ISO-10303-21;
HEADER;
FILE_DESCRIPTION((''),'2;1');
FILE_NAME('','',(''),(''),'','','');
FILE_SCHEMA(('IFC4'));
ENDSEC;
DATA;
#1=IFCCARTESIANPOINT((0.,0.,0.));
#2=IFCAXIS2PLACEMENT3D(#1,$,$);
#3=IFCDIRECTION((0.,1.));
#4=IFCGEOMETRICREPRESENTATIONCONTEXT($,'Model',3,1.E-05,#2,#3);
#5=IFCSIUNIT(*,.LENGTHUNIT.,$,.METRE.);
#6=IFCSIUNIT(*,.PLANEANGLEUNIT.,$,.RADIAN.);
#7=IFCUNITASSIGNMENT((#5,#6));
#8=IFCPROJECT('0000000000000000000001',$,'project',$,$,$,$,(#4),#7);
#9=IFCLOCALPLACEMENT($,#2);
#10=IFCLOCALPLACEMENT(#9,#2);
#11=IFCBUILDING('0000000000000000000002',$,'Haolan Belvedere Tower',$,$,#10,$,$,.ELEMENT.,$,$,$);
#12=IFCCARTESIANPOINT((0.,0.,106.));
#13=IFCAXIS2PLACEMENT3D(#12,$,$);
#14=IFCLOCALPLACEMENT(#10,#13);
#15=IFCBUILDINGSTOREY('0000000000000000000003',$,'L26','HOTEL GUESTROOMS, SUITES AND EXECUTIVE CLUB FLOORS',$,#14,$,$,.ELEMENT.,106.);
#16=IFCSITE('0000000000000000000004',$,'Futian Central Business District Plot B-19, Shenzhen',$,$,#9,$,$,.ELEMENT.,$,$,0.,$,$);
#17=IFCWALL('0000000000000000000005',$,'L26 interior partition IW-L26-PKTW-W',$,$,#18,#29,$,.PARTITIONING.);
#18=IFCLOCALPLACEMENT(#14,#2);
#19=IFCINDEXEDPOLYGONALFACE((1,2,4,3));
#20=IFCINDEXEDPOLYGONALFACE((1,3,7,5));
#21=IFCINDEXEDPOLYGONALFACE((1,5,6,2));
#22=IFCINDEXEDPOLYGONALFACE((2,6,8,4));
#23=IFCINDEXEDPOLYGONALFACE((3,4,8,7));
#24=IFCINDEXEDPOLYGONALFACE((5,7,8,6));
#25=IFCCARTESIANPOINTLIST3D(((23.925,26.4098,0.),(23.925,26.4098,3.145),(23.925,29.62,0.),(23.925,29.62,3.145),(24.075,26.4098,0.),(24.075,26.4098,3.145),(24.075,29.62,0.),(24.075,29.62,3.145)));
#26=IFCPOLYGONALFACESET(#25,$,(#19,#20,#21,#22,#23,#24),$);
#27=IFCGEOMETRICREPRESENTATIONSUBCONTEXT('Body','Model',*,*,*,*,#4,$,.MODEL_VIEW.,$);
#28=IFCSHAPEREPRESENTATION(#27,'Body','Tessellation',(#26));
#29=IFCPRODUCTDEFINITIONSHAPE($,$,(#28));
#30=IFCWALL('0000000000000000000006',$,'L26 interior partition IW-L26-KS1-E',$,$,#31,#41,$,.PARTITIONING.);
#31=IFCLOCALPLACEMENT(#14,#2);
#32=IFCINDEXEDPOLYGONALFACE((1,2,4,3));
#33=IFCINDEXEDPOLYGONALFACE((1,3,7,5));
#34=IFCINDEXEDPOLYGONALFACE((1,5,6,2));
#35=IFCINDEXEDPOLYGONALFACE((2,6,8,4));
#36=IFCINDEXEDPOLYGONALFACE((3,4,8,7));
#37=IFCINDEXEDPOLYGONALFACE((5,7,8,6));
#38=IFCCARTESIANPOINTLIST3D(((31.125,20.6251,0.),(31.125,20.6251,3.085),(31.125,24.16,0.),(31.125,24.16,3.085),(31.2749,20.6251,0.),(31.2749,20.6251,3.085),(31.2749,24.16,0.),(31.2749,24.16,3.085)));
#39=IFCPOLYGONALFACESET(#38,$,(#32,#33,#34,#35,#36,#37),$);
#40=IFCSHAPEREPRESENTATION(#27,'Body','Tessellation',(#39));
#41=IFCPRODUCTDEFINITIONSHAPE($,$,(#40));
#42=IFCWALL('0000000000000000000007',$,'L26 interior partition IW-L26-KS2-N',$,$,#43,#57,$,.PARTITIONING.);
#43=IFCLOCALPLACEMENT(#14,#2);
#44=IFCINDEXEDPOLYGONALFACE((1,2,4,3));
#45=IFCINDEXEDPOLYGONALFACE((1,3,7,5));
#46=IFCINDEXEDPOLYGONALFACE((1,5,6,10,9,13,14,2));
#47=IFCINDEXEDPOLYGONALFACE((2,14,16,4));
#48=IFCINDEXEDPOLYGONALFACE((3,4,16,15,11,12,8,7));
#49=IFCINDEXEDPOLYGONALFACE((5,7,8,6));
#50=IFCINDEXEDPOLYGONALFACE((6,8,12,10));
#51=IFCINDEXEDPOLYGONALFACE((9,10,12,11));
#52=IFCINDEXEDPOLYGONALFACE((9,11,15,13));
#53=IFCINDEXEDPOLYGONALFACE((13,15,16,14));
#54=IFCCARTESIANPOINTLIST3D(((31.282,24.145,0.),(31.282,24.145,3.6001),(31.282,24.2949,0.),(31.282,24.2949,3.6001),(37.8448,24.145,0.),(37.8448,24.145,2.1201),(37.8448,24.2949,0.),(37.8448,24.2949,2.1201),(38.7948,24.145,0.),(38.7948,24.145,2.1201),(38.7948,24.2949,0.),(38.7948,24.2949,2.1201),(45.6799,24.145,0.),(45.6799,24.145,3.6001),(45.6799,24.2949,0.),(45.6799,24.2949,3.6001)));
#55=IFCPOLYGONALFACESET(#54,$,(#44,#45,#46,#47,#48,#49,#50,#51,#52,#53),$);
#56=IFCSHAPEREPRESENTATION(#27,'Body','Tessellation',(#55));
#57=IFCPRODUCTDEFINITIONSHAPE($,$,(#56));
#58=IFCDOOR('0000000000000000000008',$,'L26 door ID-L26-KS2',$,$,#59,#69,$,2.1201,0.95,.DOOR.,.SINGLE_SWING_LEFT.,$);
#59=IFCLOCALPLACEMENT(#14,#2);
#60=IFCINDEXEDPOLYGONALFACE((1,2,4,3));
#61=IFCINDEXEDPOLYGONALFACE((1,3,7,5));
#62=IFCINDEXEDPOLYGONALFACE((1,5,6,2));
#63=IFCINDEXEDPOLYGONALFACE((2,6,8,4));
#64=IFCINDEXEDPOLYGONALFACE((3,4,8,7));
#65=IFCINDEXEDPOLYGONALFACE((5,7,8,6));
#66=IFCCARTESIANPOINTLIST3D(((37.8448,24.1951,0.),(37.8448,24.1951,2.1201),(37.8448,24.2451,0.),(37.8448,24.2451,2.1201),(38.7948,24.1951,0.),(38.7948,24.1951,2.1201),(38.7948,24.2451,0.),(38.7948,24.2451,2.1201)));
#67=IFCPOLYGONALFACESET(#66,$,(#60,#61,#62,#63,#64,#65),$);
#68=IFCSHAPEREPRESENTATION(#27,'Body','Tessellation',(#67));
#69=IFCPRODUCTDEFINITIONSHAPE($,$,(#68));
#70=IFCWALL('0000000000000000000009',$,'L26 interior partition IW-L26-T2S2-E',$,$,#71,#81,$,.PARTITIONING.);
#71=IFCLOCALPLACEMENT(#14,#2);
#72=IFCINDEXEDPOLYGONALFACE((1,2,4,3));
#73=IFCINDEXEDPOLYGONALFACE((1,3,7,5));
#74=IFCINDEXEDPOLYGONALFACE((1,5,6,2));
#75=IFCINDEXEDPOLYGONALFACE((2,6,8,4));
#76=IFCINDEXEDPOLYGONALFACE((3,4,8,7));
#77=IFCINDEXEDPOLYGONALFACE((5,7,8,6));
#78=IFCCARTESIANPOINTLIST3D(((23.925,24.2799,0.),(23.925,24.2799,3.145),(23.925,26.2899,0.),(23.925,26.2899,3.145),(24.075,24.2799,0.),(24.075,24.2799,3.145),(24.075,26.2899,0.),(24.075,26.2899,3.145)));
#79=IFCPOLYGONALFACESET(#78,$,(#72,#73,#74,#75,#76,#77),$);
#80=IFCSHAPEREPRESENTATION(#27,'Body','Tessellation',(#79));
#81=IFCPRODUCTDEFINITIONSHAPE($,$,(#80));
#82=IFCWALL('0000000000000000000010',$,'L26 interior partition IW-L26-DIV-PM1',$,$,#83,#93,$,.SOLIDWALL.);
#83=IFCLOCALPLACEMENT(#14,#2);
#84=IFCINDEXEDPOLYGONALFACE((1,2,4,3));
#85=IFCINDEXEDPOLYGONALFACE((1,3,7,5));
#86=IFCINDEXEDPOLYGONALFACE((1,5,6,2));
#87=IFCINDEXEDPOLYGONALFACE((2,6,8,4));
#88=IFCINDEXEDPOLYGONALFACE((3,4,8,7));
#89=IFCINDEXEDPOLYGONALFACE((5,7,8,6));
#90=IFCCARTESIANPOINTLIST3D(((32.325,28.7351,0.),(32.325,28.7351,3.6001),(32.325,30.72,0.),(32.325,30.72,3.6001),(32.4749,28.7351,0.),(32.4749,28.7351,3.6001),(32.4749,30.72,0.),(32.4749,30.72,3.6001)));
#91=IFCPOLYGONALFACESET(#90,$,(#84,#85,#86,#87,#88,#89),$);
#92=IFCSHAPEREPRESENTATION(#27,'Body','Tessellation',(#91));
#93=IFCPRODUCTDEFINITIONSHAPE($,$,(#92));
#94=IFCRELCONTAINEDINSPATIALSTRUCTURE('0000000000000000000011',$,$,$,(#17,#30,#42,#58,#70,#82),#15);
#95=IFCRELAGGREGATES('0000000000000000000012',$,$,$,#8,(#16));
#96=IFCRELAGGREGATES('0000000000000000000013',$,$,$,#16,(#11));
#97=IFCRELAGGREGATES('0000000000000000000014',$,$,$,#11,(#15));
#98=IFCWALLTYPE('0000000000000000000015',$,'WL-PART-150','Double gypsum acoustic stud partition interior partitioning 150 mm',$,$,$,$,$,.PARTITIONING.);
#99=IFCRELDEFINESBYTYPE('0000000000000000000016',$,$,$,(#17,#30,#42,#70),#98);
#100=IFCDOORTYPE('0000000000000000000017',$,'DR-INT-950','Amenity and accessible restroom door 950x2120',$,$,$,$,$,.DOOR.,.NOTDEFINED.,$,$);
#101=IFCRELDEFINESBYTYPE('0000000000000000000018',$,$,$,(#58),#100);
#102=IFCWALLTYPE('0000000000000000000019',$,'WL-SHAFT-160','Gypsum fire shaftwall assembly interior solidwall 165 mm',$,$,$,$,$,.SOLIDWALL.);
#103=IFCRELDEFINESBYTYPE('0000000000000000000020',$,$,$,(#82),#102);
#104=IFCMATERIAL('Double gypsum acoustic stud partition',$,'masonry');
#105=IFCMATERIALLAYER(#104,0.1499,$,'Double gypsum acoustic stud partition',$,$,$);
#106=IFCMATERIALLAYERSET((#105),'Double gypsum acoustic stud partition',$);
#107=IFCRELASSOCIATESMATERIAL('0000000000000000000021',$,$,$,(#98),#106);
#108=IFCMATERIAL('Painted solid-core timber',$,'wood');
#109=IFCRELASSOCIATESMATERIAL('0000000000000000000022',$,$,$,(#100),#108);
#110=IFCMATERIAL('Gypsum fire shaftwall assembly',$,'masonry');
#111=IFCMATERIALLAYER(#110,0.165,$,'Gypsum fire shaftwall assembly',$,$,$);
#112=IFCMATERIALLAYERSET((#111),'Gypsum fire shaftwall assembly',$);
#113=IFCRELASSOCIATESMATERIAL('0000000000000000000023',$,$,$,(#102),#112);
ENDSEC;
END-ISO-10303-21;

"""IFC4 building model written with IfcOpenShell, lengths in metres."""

from ifc_helpers import new_model, si_unit, direction, frame, frame_2d, origin, place, context, subcontext, project, spatial, rectangle, extrude, material, layer, layer_set, type_object, element, fill, save


model = new_model("IFC4")

# Units and contexts
model_context = context("Model", 3, precision=1e-05, world=origin(), true_north=direction((0.0, 1.0)))
body_context = subcontext(model_context, "Body", "Model", "MODEL_VIEW")
ifc_project = project(units=[si_unit("LENGTHUNIT", "METRE"), si_unit("PLANEANGLEUNIT", "RADIAN")], contexts=[model_context])

# Site, building, storey
site_placement = place(None, origin())
site = spatial("IfcSite", under=ifc_project, at=site_placement, Name="Futian Central Business District Plot B-19, Shenzhen", CompositionType="ELEMENT", RefElevation=0.0)
building_placement = place(site_placement, origin())
building = spatial("IfcBuilding", under=site, at=building_placement, Name="Haolan Belvedere Tower", CompositionType="ELEMENT")
storey_placement = place(building_placement, frame((0.0, 0.0, 106.0)))
storey = spatial("IfcBuildingStorey", under=building, at=storey_placement, Name="L26", Description="HOTEL GUESTROOMS, SUITES AND EXECUTIVE CLUB FLOORS", CompositionType="ELEMENT", Elevation=106.0)

# Wall
ifc_material_1 = material(Name="Double gypsum acoustic stud partition", Category="masonry")
ifc_layer_1 = layer(ifc_material_1, 0.1499, Name="Double gypsum acoustic stud partition")
ifc_layer_set_1 = layer_set([ifc_layer_1], Name="Double gypsum acoustic stud partition")
wall_type_1 = type_object("IfcWallType", Name="WL-PART-150", Description="Double gypsum acoustic stud partition interior partitioning 150 mm", PredefinedType="PARTITIONING", material=ifc_layer_set_1)
wall_1_placement = place(storey_placement, frame((24.0, 26.4099, 0.0), z_axis=(0.0, 0.0, 1.0), x_axis=(0.0, 1.0, 0.0)))
element("IfcWall", 1, at=wall_1_placement, inside=storey, type_object=wall_type_1, Name="L26 interior partition IW-L26-PKTW-W", PredefinedType="PARTITIONING", context=body_context, shape_type="SweptSolid", body=[
    extrude(rectangle(XDim=3.2102, YDim=0.1499, at=frame_2d((1.605, 0.0))), origin(), (0.0, 0.0, 1.0), 3.145),
])

# Shared definitions
ifc_material_2 = material(Name="Painted solid-core timber", Category="wood")
door_type_1 = type_object("IfcDoorType", Name="DR-INT-950", Description="Amenity and accessible restroom door 950x2120", OperationType="NOTDEFINED", PredefinedType="DOOR", material=ifc_material_2)

# Wall
wall_2_placement = place(storey_placement, frame((31.2, 20.625, 0.0), z_axis=(0.0, 0.0, 1.0), x_axis=(0.0, 1.0, 0.0)))
element("IfcWall", 2, at=wall_2_placement, inside=storey, type_object=wall_type_1, Name="L26 interior partition IW-L26-KS1-E", PredefinedType="PARTITIONING", context=body_context, shape_type="SweptSolid", body=[
    extrude(rectangle(XDim=3.5349, YDim=0.1499, at=frame_2d((1.7676, 0.0))), origin(), (0.0, 0.0, 1.0), 3.085),
])

# Wall, opening, door
wall_3_placement = place(storey_placement, frame((31.282, 24.22, 0.0), z_axis=(0.0, 0.0, 1.0), x_axis=(1.0, 0.0, 0.0)))
wall_3 = element("IfcWall", 3, at=wall_3_placement, inside=storey, type_object=wall_type_1, Name="L26 interior partition IW-L26-KS2-N", PredefinedType="PARTITIONING", context=body_context, shape_type="SweptSolid", body=[
    extrude(rectangle(XDim=14.3979, YDim=0.1499, at=frame_2d((7.199, 0.0))), origin(), (0.0, 0.0, 1.0), 3.6001),
])
opening_1_placement = place(wall_3_placement, frame((7.5129, 0.0, 0.0), z_axis=(0.0, 0.0, 1.0), x_axis=(-1.0, 0.0, 0.0)))
opening_1 = element("IfcOpeningElement", 4, at=opening_1_placement, cuts=wall_3, PredefinedType="OPENING", context=body_context, shape_type="SweptSolid", body=[
    extrude(rectangle(XDim=0.95, YDim=2.1201, at=frame_2d((0.4751, 1.0601))), frame((0.0, 0.085, 0.0), z_axis=(0.0, -1.0, 0.0), x_axis=(1.0, 0.0, 0.0)), (0.0, 0.0, 1.0), 0.1699),
])
door_1_placement = place(opening_1_placement, origin())
door_1 = element("IfcDoor", 5, at=door_1_placement, inside=storey, type_object=door_type_1, Name="L26 door ID-L26-KS2", OperationType="SINGLE_SWING_LEFT", OverallHeight=2.1201, OverallWidth=0.95, PredefinedType="DOOR", context=body_context, shape_type="SweptSolid", body=[
    extrude(rectangle(XDim=0.95, YDim=2.1201, at=frame_2d((0.4751, 1.0601))), frame((0.0, 0.0249, 0.0), z_axis=(0.0, -1.0, 0.0), x_axis=(1.0, 0.0, 0.0)), (0.0, 0.0, 1.0), 0.05),
])
fill(opening_1, door_1)

# Walls
wall_4_placement = place(storey_placement, frame((24.0, 24.28, 0.0), z_axis=(0.0, 0.0, 1.0), x_axis=(0.0, 1.0, 0.0)))
element("IfcWall", 6, at=wall_4_placement, inside=storey, type_object=wall_type_1, Name="L26 interior partition IW-L26-T2S2-E", PredefinedType="PARTITIONING", context=body_context, shape_type="SweptSolid", body=[
    extrude(rectangle(XDim=2.01, YDim=0.1499, at=frame_2d((1.0049, 0.0))), origin(), (0.0, 0.0, 1.0), 3.145),
])
ifc_material_3 = material(Name="Gypsum fire shaftwall assembly", Category="masonry")
ifc_layer_2 = layer(ifc_material_3, 0.165, Name="Gypsum fire shaftwall assembly")
ifc_layer_set_2 = layer_set([ifc_layer_2], Name="Gypsum fire shaftwall assembly")
wall_type_2 = type_object("IfcWallType", Name="WL-SHAFT-160", Description="Gypsum fire shaftwall assembly interior solidwall 165 mm", PredefinedType="SOLIDWALL", material=ifc_layer_set_2)
wall_5_placement = place(storey_placement, frame((32.3999, 28.7351, 0.0), z_axis=(0.0, 0.0, 1.0), x_axis=(0.0, 1.0, 0.0)))
element("IfcWall", 7, at=wall_5_placement, inside=storey, type_object=wall_type_2, Name="L26 interior partition IW-L26-DIV-PM1", PredefinedType="SOLIDWALL", context=body_context, shape_type="SweptSolid", body=[
    extrude(rectangle(XDim=1.9849, YDim=0.1499, at=frame_2d((0.9924, 0.0))), origin(), (0.0, 0.0, 1.0), 3.6001),
])

save(model, "model.ifc")
